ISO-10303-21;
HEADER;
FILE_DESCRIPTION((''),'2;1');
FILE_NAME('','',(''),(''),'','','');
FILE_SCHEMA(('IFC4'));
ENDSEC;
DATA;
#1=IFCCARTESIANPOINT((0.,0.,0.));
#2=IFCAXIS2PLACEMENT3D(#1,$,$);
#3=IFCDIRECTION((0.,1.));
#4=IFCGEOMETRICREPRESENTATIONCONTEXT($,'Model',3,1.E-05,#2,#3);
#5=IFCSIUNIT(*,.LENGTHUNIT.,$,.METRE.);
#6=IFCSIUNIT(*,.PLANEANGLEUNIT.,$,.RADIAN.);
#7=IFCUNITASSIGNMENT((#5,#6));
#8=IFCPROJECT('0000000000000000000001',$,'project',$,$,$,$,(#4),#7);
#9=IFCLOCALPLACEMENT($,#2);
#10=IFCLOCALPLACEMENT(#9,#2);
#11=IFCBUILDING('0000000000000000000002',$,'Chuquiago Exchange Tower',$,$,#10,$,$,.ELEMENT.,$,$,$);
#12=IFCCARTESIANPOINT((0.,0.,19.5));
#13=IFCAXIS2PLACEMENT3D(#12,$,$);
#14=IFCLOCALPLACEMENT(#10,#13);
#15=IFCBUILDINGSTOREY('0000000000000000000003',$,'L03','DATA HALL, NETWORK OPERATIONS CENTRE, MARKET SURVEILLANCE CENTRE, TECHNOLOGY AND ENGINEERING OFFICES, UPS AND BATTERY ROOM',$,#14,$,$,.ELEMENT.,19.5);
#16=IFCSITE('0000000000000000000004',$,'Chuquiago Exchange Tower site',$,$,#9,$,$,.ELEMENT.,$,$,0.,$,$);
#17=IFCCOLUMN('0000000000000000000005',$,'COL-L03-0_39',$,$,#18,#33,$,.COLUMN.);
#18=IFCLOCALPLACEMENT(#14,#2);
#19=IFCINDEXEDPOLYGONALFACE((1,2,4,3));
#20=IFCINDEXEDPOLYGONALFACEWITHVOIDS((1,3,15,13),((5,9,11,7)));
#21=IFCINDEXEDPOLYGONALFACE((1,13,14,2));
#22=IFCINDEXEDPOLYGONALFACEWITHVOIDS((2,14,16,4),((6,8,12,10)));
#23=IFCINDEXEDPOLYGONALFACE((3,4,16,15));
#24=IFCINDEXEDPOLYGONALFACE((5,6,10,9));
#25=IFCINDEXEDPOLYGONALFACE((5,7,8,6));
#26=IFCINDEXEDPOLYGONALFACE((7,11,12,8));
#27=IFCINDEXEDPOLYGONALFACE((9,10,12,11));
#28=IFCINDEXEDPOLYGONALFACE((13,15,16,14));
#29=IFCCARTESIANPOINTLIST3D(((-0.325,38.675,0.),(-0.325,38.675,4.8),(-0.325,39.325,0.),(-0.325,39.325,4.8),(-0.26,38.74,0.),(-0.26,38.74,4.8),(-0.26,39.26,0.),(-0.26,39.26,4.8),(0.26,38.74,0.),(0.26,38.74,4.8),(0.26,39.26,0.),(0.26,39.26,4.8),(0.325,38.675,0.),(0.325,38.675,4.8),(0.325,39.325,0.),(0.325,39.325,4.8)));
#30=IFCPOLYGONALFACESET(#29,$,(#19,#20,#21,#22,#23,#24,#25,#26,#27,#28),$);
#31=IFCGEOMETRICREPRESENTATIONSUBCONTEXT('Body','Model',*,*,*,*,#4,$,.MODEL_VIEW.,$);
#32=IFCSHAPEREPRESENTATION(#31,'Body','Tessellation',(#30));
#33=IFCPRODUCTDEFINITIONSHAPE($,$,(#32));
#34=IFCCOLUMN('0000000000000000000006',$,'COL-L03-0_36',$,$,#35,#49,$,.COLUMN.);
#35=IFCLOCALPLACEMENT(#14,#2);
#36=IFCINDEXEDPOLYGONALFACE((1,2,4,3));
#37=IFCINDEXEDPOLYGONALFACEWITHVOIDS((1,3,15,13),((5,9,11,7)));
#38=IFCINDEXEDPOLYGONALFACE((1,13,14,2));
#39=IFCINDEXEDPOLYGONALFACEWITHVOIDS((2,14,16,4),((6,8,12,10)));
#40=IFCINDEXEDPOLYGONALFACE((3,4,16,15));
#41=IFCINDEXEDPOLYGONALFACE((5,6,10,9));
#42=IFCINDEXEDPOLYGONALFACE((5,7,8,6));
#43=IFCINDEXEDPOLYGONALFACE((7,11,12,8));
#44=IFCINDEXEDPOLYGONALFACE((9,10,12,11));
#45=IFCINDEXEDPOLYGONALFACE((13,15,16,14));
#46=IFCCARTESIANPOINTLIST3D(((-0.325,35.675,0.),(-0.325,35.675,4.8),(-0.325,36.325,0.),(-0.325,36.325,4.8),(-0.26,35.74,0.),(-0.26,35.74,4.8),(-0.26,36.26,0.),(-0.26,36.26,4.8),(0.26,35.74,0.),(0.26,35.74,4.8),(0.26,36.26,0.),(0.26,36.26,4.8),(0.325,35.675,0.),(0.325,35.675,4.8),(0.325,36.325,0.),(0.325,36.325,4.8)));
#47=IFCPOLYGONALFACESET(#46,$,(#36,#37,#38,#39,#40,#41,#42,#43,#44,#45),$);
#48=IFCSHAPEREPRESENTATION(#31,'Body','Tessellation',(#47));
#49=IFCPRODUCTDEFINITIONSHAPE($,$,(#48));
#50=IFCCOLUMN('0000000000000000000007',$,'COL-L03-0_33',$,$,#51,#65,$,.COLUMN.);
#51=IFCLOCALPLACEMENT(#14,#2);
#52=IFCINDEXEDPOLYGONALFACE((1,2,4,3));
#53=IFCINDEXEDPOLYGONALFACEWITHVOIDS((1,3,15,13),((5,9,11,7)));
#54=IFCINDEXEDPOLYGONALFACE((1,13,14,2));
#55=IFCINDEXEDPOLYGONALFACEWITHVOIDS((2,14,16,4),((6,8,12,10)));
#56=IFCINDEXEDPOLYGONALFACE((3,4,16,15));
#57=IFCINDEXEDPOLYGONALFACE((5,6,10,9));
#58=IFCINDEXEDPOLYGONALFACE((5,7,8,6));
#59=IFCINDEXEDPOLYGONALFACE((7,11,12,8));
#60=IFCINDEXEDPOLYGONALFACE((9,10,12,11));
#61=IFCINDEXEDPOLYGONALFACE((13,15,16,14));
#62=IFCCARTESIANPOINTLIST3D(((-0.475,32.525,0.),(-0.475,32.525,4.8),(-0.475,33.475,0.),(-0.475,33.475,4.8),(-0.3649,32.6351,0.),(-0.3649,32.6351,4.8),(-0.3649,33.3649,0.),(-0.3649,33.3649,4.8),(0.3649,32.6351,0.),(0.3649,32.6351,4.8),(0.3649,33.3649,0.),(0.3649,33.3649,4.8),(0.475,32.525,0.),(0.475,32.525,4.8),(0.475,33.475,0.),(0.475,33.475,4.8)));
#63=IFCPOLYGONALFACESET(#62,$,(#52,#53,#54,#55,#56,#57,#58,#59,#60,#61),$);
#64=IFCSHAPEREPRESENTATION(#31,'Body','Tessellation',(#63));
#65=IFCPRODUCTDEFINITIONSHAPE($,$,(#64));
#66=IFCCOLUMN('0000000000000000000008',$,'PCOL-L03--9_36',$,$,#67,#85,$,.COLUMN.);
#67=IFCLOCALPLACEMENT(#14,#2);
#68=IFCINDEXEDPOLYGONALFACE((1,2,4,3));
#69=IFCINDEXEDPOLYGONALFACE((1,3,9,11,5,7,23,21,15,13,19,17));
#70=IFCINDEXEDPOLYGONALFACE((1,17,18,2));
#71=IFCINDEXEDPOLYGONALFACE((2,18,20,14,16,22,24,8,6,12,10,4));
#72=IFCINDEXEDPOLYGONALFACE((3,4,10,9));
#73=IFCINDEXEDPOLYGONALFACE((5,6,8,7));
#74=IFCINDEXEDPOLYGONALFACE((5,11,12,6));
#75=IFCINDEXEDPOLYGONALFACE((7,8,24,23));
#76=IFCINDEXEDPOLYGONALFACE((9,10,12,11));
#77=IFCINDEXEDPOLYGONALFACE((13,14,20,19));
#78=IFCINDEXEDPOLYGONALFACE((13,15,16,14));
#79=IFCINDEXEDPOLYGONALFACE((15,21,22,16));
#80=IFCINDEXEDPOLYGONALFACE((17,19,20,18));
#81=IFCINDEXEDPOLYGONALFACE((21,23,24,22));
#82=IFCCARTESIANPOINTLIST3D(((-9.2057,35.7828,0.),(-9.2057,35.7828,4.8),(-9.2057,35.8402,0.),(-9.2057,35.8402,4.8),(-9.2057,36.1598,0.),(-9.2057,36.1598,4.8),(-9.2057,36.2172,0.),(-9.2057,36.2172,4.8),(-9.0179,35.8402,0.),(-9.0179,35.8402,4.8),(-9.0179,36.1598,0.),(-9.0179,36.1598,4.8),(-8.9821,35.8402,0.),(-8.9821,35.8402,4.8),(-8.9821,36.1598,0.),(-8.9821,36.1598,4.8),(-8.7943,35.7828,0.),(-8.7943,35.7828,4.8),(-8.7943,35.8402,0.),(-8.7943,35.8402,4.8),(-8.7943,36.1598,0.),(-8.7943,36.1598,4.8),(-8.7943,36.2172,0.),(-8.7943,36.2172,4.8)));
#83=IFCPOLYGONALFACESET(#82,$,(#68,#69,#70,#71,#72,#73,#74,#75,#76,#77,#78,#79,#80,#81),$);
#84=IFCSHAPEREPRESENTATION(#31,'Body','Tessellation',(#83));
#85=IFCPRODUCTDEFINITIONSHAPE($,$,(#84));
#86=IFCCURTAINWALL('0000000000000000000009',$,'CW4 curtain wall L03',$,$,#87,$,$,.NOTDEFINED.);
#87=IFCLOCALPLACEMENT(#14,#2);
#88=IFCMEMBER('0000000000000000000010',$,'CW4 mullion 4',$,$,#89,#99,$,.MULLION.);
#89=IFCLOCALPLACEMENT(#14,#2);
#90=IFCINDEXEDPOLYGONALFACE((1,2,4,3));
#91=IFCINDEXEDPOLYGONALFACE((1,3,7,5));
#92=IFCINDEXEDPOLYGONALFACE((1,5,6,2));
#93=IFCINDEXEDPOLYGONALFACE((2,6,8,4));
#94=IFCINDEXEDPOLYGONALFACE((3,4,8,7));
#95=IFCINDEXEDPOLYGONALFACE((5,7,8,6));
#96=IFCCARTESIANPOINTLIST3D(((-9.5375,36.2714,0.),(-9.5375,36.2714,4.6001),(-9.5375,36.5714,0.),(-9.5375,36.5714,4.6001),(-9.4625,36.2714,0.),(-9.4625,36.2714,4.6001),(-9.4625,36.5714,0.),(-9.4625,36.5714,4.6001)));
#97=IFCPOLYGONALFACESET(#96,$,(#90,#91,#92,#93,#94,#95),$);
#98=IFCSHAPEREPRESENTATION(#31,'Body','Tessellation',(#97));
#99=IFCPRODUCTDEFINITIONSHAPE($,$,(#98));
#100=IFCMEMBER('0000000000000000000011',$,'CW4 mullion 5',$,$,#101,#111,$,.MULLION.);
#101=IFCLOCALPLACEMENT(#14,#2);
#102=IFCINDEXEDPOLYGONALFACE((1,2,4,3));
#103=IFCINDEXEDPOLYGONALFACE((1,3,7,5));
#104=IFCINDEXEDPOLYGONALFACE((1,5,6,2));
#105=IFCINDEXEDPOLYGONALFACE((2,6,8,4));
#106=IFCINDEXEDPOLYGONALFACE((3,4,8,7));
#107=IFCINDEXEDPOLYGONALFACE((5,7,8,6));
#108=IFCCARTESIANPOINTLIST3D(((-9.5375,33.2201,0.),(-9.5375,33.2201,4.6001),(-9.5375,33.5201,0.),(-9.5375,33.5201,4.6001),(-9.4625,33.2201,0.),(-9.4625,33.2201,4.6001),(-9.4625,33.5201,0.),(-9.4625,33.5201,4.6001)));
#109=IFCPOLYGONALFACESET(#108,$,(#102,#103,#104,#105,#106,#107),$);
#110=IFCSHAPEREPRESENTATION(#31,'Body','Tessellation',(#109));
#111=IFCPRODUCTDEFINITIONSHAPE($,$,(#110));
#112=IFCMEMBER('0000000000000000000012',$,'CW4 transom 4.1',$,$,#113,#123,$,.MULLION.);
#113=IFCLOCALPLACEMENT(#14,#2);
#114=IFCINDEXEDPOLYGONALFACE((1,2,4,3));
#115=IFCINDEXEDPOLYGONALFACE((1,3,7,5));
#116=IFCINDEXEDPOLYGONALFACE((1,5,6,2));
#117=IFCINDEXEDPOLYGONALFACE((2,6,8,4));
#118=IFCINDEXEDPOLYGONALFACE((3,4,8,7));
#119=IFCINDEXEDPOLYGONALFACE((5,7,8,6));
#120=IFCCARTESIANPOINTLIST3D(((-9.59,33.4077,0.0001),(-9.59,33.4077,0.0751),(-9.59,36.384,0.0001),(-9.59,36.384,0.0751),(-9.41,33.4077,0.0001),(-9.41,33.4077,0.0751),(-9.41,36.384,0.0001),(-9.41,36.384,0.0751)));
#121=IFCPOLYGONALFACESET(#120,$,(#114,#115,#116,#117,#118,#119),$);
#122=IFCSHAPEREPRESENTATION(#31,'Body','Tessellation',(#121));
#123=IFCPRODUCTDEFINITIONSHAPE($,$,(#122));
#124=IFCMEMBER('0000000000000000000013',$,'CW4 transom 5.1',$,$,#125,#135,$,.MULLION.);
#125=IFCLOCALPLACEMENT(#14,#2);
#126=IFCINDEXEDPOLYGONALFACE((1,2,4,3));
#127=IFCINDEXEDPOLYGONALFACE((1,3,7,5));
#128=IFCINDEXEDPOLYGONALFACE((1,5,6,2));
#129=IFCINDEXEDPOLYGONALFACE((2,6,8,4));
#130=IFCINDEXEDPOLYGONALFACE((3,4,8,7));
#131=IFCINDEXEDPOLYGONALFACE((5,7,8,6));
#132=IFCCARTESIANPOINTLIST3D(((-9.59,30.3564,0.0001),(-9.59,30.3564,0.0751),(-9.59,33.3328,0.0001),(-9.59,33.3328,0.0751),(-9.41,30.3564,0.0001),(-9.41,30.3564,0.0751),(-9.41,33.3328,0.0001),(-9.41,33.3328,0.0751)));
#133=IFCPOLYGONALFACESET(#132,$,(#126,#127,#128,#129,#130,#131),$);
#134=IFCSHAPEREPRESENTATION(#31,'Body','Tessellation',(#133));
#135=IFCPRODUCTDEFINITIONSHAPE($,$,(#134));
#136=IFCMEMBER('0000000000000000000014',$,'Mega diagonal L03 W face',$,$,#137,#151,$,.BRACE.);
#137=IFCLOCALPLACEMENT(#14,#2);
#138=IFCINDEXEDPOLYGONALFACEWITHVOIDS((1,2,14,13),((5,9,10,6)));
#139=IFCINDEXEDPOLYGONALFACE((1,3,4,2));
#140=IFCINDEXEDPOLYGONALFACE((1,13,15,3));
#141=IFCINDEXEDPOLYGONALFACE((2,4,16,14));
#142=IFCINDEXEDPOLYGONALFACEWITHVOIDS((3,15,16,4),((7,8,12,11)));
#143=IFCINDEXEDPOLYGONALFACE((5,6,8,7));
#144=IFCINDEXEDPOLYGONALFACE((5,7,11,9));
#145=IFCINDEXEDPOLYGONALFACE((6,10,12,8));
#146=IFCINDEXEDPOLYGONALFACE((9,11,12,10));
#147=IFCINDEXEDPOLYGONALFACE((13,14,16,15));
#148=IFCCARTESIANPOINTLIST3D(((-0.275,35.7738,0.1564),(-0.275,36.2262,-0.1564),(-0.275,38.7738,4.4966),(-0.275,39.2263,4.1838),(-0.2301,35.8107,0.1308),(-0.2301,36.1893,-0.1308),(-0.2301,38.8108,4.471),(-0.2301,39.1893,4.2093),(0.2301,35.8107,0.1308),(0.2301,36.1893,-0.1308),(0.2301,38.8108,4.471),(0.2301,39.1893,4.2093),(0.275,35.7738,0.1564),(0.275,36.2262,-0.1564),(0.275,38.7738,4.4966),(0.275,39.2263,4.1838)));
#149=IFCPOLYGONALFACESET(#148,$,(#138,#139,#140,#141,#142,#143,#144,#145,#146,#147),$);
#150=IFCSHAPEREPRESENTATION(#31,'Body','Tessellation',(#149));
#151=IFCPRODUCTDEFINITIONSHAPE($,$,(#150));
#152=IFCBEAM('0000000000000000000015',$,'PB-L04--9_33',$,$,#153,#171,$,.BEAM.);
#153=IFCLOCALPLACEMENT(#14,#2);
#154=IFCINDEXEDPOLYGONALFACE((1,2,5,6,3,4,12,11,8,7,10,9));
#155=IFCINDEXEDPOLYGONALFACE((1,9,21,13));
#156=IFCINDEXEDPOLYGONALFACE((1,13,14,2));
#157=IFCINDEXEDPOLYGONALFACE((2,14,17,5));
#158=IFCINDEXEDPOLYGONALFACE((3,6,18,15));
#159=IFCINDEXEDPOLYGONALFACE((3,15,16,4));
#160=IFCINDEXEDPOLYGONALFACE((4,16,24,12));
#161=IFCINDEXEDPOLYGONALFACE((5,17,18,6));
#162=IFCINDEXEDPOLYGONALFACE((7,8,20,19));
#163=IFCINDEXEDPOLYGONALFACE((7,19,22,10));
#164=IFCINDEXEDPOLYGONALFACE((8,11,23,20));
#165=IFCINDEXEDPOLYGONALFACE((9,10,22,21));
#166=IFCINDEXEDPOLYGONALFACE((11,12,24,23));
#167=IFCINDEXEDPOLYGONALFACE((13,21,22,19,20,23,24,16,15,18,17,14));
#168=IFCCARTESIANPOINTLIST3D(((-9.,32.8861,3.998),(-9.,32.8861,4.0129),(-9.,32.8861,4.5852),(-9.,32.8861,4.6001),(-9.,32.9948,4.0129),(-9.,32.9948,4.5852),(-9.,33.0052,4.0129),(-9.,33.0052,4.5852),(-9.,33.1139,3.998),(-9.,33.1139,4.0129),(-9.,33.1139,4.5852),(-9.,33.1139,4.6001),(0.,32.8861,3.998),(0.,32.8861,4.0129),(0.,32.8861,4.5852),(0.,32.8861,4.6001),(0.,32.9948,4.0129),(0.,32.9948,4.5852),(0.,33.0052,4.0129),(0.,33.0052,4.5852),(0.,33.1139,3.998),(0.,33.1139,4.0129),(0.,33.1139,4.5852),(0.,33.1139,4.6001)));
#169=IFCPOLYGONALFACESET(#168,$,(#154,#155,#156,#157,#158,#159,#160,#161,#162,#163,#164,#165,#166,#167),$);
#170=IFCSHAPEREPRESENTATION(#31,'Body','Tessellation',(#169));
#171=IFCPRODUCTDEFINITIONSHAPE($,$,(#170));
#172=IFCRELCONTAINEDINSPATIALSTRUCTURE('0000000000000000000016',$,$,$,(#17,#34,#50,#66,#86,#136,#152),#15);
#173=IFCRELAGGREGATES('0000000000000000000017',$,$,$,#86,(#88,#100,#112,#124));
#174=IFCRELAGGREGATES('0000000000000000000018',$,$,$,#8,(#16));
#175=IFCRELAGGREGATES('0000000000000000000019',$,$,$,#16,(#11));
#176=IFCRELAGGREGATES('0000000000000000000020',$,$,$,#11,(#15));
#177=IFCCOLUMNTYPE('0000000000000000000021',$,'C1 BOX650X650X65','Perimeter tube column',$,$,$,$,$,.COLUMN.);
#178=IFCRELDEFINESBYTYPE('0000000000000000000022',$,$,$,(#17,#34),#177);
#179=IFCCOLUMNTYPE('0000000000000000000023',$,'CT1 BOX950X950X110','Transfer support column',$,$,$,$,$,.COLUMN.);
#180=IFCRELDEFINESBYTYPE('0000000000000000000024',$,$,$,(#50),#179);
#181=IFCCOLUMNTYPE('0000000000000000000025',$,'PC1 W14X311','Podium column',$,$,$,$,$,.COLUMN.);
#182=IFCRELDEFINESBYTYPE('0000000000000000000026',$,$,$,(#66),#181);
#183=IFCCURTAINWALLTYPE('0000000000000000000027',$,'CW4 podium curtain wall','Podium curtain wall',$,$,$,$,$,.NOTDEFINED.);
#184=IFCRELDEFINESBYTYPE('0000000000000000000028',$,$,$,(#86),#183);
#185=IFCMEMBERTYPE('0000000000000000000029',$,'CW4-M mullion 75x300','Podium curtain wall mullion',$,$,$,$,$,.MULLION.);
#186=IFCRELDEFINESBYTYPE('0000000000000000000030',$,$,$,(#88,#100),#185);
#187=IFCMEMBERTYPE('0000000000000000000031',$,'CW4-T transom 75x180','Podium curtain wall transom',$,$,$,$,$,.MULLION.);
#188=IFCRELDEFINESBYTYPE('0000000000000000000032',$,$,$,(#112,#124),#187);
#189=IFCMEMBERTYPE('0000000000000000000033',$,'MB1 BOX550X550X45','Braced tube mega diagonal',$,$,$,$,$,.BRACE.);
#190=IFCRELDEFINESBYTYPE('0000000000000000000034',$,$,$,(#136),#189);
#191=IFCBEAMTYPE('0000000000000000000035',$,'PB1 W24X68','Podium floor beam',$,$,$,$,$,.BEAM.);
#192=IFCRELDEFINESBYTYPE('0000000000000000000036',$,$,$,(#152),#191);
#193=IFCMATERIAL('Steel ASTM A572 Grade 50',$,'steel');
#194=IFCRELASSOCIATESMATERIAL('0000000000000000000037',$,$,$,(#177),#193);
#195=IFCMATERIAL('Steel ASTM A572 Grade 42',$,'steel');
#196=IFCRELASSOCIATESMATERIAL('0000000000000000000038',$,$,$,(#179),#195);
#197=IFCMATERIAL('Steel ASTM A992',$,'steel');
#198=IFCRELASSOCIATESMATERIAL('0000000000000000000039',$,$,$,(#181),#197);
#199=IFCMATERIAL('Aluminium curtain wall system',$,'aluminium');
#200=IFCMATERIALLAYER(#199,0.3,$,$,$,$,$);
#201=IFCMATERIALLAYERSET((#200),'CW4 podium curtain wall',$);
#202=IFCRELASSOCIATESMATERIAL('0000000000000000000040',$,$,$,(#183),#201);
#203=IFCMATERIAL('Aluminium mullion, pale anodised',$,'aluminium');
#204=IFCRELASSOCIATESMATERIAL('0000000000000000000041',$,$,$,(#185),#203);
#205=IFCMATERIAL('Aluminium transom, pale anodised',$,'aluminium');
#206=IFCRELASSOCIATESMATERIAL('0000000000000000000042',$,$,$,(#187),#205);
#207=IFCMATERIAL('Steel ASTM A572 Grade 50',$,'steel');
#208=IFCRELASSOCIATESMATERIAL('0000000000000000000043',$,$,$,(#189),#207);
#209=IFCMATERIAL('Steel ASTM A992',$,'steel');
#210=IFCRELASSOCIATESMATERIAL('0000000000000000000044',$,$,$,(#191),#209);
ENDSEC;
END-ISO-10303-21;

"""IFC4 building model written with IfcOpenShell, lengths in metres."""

from ifc_helpers import new_model, si_unit, direction, frame, origin, origin_2d, place, context, subcontext, project, spatial, rectangle, hollow_rectangle, i_section, extrude, material, layer, layer_set, material_profile, profile_set, type_object, element, aggregate, save


model = new_model("IFC4")

# Units and contexts
model_context = context("Model", 3, precision=1e-05, world=origin(), true_north=direction((0.0, 1.0)))
body_context = subcontext(model_context, "Body", "Model", "MODEL_VIEW")
ifc_project = project(units=[si_unit("LENGTHUNIT", "METRE"), si_unit("PLANEANGLEUNIT", "RADIAN")], contexts=[model_context])

# Site, building, storey
site_placement = place(None, origin())
site = spatial("IfcSite", under=ifc_project, at=site_placement, Name="Chuquiago Exchange Tower site", CompositionType="ELEMENT", RefElevation=0.0)
building_placement = place(site_placement, origin())
building = spatial("IfcBuilding", under=site, at=building_placement, Name="Chuquiago Exchange Tower", CompositionType="ELEMENT")
storey_placement = place(building_placement, frame((0.0, 0.0, 19.5)))
storey = spatial("IfcBuildingStorey", under=building, at=storey_placement, Name="L03", Description="DATA HALL, NETWORK OPERATIONS CENTRE, MARKET SURVEILLANCE CENTRE, TECHNOLOGY AND ENGINEERING OFFICES, UPS AND BATTERY ROOM", CompositionType="ELEMENT", Elevation=19.5)

# Columns
ifc_material_1 = material(Name="Steel ASTM A572 Grade 50", Category="steel")
ifc_material_profile_1 = material_profile(ifc_material_1, hollow_rectangle(XDim=0.6499, YDim=0.6499, WallThickness=0.0649, at=origin_2d()), Name="BOX650X650X65")
ifc_profile_set_1 = profile_set([ifc_material_profile_1], Name="Steel ASTM A572 Grade 50")
column_type_1 = type_object("IfcColumnType", Name="C1 BOX650X650X65", Description="Perimeter tube column", PredefinedType="COLUMN", material=ifc_profile_set_1)
for number, where, z_axis, x_axis, name in (
    (1, (0.0, 39.0, 0.0), (0.0, 0.0, 1.0), (-1.0, 0.0, 0.0), "COL-L03-0_39"),
    (2, (0.0, 36.0, 0.0), (0.0, 0.0, 1.0), (-1.0, 0.0, 0.0), "COL-L03-0_36"),
):
    element("IfcColumn", number, at=place(storey_placement, frame(where, z_axis=z_axis, x_axis=x_axis)), inside=storey, type_object=column_type_1, Name=name, PredefinedType="COLUMN", context=body_context, shape_type="SweptSolid", body=[
        extrude(hollow_rectangle(XDim=0.6499, YDim=0.6499, WallThickness=0.0649, at=origin_2d()), origin(), (0.0, 0.0, 1.0), 4.8),
    ])
ifc_material_2 = material(Name="Steel ASTM A572 Grade 42", Category="steel")
ifc_material_profile_2 = material_profile(ifc_material_2, hollow_rectangle(XDim=0.95, YDim=0.95, WallThickness=0.1101, at=origin_2d()), Name="BOX950X950X110")
ifc_profile_set_2 = profile_set([ifc_material_profile_2], Name="Steel ASTM A572 Grade 42")
column_type_2 = type_object("IfcColumnType", Name="CT1 BOX950X950X110", Description="Transfer support column", PredefinedType="COLUMN", material=ifc_profile_set_2)
column_1_placement = place(storey_placement, frame((0.0, 33.0, 0.0), z_axis=(0.0, 0.0, 1.0), x_axis=(-1.0, 0.0, 0.0)))
element("IfcColumn", 3, at=column_1_placement, inside=storey, type_object=column_type_2, Name="COL-L03-0_33", PredefinedType="COLUMN", context=body_context, shape_type="SweptSolid", body=[
    extrude(hollow_rectangle(XDim=0.95, YDim=0.95, WallThickness=0.1101, at=origin_2d()), origin(), (0.0, 0.0, 1.0), 4.8),
])
ifc_material_3 = material(Name="Steel ASTM A992", Category="steel")
ifc_material_profile_3 = material_profile(ifc_material_3, i_section(OverallWidth=0.4114, OverallDepth=0.4343, WebThickness=0.0359, FlangeThickness=0.0574, at=origin_2d()), Name="W14X311")
ifc_profile_set_3 = profile_set([ifc_material_profile_3], Name="Steel ASTM A992")
column_type_3 = type_object("IfcColumnType", Name="PC1 W14X311", Description="Podium column", PredefinedType="COLUMN", material=ifc_profile_set_3)
column_2_placement = place(storey_placement, frame((-9.0, 36.0, 0.0), z_axis=(0.0, 0.0, 1.0), x_axis=(1.0, 0.0, 0.0)))
element("IfcColumn", 4, at=column_2_placement, inside=storey, type_object=column_type_3, Name="PCOL-L03--9_36", PredefinedType="COLUMN", context=body_context, shape_type="SweptSolid", body=[
    extrude(i_section(OverallWidth=0.4114, OverallDepth=0.4343, WebThickness=0.0359, FlangeThickness=0.0574, at=origin_2d()), origin(), (0.0, 0.0, 1.0), 4.8),
])

# Curtain wall, members
ifc_material_4 = material(Name="Aluminium curtain wall system", Category="aluminium")
ifc_layer_1 = layer(ifc_material_4, 0.3)
ifc_layer_set_1 = layer_set([ifc_layer_1], Name="CW4 podium curtain wall")
curtain_wall_type = type_object("IfcCurtainWallType", Name="CW4 podium curtain wall", Description="Podium curtain wall", PredefinedType="NOTDEFINED", material=ifc_layer_set_1)
curtain_wall_placement = place(storey_placement, origin())
curtain_wall = element("IfcCurtainWall", 5, at=curtain_wall_placement, inside=storey, type_object=curtain_wall_type, Name="CW4 curtain wall L03", PredefinedType="NOTDEFINED")
ifc_material_5 = material(Name="Aluminium mullion, pale anodised", Category="aluminium")
ifc_material_profile_4 = material_profile(ifc_material_5, rectangle(XDim=0.075, YDim=0.3, at=origin_2d()), Name="AL 75x300")
ifc_profile_set_4 = profile_set([ifc_material_profile_4], Name="Aluminium mullion, pale anodised")
member_type_1 = type_object("IfcMemberType", Name="CW4-M mullion 75x300", Description="Podium curtain wall mullion", PredefinedType="MULLION", material=ifc_profile_set_4)
member_1_placement = place(storey_placement, frame((-9.5, 36.4214, 0.0), z_axis=(0.0, 0.0, 1.0), x_axis=(1.0, 0.0, 0.0)))
member_1 = element("IfcMember", 6, at=member_1_placement, type_object=member_type_1, Name="CW4 mullion 4", PredefinedType="MULLION", context=body_context, shape_type="SweptSolid", body=[
    extrude(rectangle(XDim=0.075, YDim=0.3, at=origin_2d()), origin(), (0.0, 0.0, 1.0), 4.6001),
])
member_2_placement = place(storey_placement, frame((-9.5, 33.3701, 0.0), z_axis=(0.0, 0.0, 1.0), x_axis=(1.0, 0.0, 0.0)))
member_2 = element("IfcMember", 7, at=member_2_placement, type_object=member_type_1, Name="CW4 mullion 5", PredefinedType="MULLION", context=body_context, shape_type="SweptSolid", body=[
    extrude(rectangle(XDim=0.075, YDim=0.3, at=origin_2d()), origin(), (0.0, 0.0, 1.0), 4.6001),
])
ifc_material_6 = material(Name="Aluminium transom, pale anodised", Category="aluminium")
ifc_material_profile_5 = material_profile(ifc_material_6, rectangle(XDim=0.1799, YDim=0.075, at=origin_2d()), Name="AL 180x75")
ifc_profile_set_5 = profile_set([ifc_material_profile_5], Name="Aluminium transom, pale anodised")
member_type_2 = type_object("IfcMemberType", Name="CW4-T transom 75x180", Description="Podium curtain wall transom", PredefinedType="MULLION", material=ifc_profile_set_5)
member_3_placement = place(storey_placement, frame((-9.5, 36.384, 0.0376), z_axis=(0.0, -1.0, 0.0), x_axis=(1.0, 0.0, 0.0)))
member_3 = element("IfcMember", 8, at=member_3_placement, type_object=member_type_2, Name="CW4 transom 4.1", PredefinedType="MULLION", context=body_context, shape_type="SweptSolid", body=[
    extrude(rectangle(XDim=0.1799, YDim=0.075, at=origin_2d()), origin(), (0.0, 0.0, 1.0), 2.9763),
])
member_4_placement = place(storey_placement, frame((-9.5, 33.3328, 0.0376), z_axis=(0.0, -1.0, 0.0), x_axis=(1.0, 0.0, 0.0)))
member_4 = element("IfcMember", 9, at=member_4_placement, type_object=member_type_2, Name="CW4 transom 5.1", PredefinedType="MULLION", context=body_context, shape_type="SweptSolid", body=[
    extrude(rectangle(XDim=0.1799, YDim=0.075, at=origin_2d()), origin(), (0.0, 0.0, 1.0), 2.9763),
])

# Member
ifc_material_7 = material(Name="Steel ASTM A572 Grade 50", Category="steel")
ifc_material_profile_6 = material_profile(ifc_material_7, hollow_rectangle(XDim=0.55, YDim=0.55, WallThickness=0.0449, at=origin_2d()), Name="BOX550X550X45")
ifc_profile_set_6 = profile_set([ifc_material_profile_6], Name="Steel ASTM A572 Grade 50")
member_type_3 = type_object("IfcMemberType", Name="MB1 BOX550X550X45", Description="Braced tube mega diagonal", PredefinedType="BRACE", material=ifc_profile_set_6)
member_5_placement = place(storey_placement, frame((0.0, 36.0, 0.0), z_axis=(0.0, 0.568611, 0.822607), x_axis=(-1.0, 0.0, 0.0)))
element("IfcMember", 10, at=member_5_placement, inside=storey, type_object=member_type_3, Name="Mega diagonal L03 W face", PredefinedType="BRACE", context=body_context, shape_type="SweptSolid", body=[
    extrude(hollow_rectangle(XDim=0.55, YDim=0.55, WallThickness=0.0449, at=origin_2d()), origin(), (0.0, 0.0, 1.0), 5.2761),
])

# Beam
ifc_material_8 = material(Name="Steel ASTM A992", Category="steel")
ifc_material_profile_7 = material_profile(ifc_material_8, i_section(OverallWidth=0.2278, OverallDepth=0.6021, WebThickness=0.0105, FlangeThickness=0.0149, at=origin_2d()), Name="W24X68")
ifc_profile_set_7 = profile_set([ifc_material_profile_7], Name="Steel ASTM A992")
beam_type_1 = type_object("IfcBeamType", Name="PB1 W24X68", Description="Podium floor beam", PredefinedType="BEAM", material=ifc_profile_set_7)
for number, where, z_axis, x_axis, name in (
    (11, (-9.0, 33.0, 4.2991), (1.0, 0.0, 0.0), (0.0, 1.0, 0.0), "PB-L04--9_33"),
):
    element("IfcBeam", number, at=place(storey_placement, frame(where, z_axis=z_axis, x_axis=x_axis)), inside=storey, type_object=beam_type_1, Name=name, PredefinedType="BEAM", context=body_context, shape_type="SweptSolid", body=[
        extrude(i_section(OverallWidth=0.2278, OverallDepth=0.6021, WebThickness=0.0105, FlangeThickness=0.0149, at=origin_2d()), origin(), (0.0, 0.0, 1.0), 9.0),
    ])

aggregate(curtain_wall, [member_1, member_2, member_3, member_4])

save(model, "model.ifc")
